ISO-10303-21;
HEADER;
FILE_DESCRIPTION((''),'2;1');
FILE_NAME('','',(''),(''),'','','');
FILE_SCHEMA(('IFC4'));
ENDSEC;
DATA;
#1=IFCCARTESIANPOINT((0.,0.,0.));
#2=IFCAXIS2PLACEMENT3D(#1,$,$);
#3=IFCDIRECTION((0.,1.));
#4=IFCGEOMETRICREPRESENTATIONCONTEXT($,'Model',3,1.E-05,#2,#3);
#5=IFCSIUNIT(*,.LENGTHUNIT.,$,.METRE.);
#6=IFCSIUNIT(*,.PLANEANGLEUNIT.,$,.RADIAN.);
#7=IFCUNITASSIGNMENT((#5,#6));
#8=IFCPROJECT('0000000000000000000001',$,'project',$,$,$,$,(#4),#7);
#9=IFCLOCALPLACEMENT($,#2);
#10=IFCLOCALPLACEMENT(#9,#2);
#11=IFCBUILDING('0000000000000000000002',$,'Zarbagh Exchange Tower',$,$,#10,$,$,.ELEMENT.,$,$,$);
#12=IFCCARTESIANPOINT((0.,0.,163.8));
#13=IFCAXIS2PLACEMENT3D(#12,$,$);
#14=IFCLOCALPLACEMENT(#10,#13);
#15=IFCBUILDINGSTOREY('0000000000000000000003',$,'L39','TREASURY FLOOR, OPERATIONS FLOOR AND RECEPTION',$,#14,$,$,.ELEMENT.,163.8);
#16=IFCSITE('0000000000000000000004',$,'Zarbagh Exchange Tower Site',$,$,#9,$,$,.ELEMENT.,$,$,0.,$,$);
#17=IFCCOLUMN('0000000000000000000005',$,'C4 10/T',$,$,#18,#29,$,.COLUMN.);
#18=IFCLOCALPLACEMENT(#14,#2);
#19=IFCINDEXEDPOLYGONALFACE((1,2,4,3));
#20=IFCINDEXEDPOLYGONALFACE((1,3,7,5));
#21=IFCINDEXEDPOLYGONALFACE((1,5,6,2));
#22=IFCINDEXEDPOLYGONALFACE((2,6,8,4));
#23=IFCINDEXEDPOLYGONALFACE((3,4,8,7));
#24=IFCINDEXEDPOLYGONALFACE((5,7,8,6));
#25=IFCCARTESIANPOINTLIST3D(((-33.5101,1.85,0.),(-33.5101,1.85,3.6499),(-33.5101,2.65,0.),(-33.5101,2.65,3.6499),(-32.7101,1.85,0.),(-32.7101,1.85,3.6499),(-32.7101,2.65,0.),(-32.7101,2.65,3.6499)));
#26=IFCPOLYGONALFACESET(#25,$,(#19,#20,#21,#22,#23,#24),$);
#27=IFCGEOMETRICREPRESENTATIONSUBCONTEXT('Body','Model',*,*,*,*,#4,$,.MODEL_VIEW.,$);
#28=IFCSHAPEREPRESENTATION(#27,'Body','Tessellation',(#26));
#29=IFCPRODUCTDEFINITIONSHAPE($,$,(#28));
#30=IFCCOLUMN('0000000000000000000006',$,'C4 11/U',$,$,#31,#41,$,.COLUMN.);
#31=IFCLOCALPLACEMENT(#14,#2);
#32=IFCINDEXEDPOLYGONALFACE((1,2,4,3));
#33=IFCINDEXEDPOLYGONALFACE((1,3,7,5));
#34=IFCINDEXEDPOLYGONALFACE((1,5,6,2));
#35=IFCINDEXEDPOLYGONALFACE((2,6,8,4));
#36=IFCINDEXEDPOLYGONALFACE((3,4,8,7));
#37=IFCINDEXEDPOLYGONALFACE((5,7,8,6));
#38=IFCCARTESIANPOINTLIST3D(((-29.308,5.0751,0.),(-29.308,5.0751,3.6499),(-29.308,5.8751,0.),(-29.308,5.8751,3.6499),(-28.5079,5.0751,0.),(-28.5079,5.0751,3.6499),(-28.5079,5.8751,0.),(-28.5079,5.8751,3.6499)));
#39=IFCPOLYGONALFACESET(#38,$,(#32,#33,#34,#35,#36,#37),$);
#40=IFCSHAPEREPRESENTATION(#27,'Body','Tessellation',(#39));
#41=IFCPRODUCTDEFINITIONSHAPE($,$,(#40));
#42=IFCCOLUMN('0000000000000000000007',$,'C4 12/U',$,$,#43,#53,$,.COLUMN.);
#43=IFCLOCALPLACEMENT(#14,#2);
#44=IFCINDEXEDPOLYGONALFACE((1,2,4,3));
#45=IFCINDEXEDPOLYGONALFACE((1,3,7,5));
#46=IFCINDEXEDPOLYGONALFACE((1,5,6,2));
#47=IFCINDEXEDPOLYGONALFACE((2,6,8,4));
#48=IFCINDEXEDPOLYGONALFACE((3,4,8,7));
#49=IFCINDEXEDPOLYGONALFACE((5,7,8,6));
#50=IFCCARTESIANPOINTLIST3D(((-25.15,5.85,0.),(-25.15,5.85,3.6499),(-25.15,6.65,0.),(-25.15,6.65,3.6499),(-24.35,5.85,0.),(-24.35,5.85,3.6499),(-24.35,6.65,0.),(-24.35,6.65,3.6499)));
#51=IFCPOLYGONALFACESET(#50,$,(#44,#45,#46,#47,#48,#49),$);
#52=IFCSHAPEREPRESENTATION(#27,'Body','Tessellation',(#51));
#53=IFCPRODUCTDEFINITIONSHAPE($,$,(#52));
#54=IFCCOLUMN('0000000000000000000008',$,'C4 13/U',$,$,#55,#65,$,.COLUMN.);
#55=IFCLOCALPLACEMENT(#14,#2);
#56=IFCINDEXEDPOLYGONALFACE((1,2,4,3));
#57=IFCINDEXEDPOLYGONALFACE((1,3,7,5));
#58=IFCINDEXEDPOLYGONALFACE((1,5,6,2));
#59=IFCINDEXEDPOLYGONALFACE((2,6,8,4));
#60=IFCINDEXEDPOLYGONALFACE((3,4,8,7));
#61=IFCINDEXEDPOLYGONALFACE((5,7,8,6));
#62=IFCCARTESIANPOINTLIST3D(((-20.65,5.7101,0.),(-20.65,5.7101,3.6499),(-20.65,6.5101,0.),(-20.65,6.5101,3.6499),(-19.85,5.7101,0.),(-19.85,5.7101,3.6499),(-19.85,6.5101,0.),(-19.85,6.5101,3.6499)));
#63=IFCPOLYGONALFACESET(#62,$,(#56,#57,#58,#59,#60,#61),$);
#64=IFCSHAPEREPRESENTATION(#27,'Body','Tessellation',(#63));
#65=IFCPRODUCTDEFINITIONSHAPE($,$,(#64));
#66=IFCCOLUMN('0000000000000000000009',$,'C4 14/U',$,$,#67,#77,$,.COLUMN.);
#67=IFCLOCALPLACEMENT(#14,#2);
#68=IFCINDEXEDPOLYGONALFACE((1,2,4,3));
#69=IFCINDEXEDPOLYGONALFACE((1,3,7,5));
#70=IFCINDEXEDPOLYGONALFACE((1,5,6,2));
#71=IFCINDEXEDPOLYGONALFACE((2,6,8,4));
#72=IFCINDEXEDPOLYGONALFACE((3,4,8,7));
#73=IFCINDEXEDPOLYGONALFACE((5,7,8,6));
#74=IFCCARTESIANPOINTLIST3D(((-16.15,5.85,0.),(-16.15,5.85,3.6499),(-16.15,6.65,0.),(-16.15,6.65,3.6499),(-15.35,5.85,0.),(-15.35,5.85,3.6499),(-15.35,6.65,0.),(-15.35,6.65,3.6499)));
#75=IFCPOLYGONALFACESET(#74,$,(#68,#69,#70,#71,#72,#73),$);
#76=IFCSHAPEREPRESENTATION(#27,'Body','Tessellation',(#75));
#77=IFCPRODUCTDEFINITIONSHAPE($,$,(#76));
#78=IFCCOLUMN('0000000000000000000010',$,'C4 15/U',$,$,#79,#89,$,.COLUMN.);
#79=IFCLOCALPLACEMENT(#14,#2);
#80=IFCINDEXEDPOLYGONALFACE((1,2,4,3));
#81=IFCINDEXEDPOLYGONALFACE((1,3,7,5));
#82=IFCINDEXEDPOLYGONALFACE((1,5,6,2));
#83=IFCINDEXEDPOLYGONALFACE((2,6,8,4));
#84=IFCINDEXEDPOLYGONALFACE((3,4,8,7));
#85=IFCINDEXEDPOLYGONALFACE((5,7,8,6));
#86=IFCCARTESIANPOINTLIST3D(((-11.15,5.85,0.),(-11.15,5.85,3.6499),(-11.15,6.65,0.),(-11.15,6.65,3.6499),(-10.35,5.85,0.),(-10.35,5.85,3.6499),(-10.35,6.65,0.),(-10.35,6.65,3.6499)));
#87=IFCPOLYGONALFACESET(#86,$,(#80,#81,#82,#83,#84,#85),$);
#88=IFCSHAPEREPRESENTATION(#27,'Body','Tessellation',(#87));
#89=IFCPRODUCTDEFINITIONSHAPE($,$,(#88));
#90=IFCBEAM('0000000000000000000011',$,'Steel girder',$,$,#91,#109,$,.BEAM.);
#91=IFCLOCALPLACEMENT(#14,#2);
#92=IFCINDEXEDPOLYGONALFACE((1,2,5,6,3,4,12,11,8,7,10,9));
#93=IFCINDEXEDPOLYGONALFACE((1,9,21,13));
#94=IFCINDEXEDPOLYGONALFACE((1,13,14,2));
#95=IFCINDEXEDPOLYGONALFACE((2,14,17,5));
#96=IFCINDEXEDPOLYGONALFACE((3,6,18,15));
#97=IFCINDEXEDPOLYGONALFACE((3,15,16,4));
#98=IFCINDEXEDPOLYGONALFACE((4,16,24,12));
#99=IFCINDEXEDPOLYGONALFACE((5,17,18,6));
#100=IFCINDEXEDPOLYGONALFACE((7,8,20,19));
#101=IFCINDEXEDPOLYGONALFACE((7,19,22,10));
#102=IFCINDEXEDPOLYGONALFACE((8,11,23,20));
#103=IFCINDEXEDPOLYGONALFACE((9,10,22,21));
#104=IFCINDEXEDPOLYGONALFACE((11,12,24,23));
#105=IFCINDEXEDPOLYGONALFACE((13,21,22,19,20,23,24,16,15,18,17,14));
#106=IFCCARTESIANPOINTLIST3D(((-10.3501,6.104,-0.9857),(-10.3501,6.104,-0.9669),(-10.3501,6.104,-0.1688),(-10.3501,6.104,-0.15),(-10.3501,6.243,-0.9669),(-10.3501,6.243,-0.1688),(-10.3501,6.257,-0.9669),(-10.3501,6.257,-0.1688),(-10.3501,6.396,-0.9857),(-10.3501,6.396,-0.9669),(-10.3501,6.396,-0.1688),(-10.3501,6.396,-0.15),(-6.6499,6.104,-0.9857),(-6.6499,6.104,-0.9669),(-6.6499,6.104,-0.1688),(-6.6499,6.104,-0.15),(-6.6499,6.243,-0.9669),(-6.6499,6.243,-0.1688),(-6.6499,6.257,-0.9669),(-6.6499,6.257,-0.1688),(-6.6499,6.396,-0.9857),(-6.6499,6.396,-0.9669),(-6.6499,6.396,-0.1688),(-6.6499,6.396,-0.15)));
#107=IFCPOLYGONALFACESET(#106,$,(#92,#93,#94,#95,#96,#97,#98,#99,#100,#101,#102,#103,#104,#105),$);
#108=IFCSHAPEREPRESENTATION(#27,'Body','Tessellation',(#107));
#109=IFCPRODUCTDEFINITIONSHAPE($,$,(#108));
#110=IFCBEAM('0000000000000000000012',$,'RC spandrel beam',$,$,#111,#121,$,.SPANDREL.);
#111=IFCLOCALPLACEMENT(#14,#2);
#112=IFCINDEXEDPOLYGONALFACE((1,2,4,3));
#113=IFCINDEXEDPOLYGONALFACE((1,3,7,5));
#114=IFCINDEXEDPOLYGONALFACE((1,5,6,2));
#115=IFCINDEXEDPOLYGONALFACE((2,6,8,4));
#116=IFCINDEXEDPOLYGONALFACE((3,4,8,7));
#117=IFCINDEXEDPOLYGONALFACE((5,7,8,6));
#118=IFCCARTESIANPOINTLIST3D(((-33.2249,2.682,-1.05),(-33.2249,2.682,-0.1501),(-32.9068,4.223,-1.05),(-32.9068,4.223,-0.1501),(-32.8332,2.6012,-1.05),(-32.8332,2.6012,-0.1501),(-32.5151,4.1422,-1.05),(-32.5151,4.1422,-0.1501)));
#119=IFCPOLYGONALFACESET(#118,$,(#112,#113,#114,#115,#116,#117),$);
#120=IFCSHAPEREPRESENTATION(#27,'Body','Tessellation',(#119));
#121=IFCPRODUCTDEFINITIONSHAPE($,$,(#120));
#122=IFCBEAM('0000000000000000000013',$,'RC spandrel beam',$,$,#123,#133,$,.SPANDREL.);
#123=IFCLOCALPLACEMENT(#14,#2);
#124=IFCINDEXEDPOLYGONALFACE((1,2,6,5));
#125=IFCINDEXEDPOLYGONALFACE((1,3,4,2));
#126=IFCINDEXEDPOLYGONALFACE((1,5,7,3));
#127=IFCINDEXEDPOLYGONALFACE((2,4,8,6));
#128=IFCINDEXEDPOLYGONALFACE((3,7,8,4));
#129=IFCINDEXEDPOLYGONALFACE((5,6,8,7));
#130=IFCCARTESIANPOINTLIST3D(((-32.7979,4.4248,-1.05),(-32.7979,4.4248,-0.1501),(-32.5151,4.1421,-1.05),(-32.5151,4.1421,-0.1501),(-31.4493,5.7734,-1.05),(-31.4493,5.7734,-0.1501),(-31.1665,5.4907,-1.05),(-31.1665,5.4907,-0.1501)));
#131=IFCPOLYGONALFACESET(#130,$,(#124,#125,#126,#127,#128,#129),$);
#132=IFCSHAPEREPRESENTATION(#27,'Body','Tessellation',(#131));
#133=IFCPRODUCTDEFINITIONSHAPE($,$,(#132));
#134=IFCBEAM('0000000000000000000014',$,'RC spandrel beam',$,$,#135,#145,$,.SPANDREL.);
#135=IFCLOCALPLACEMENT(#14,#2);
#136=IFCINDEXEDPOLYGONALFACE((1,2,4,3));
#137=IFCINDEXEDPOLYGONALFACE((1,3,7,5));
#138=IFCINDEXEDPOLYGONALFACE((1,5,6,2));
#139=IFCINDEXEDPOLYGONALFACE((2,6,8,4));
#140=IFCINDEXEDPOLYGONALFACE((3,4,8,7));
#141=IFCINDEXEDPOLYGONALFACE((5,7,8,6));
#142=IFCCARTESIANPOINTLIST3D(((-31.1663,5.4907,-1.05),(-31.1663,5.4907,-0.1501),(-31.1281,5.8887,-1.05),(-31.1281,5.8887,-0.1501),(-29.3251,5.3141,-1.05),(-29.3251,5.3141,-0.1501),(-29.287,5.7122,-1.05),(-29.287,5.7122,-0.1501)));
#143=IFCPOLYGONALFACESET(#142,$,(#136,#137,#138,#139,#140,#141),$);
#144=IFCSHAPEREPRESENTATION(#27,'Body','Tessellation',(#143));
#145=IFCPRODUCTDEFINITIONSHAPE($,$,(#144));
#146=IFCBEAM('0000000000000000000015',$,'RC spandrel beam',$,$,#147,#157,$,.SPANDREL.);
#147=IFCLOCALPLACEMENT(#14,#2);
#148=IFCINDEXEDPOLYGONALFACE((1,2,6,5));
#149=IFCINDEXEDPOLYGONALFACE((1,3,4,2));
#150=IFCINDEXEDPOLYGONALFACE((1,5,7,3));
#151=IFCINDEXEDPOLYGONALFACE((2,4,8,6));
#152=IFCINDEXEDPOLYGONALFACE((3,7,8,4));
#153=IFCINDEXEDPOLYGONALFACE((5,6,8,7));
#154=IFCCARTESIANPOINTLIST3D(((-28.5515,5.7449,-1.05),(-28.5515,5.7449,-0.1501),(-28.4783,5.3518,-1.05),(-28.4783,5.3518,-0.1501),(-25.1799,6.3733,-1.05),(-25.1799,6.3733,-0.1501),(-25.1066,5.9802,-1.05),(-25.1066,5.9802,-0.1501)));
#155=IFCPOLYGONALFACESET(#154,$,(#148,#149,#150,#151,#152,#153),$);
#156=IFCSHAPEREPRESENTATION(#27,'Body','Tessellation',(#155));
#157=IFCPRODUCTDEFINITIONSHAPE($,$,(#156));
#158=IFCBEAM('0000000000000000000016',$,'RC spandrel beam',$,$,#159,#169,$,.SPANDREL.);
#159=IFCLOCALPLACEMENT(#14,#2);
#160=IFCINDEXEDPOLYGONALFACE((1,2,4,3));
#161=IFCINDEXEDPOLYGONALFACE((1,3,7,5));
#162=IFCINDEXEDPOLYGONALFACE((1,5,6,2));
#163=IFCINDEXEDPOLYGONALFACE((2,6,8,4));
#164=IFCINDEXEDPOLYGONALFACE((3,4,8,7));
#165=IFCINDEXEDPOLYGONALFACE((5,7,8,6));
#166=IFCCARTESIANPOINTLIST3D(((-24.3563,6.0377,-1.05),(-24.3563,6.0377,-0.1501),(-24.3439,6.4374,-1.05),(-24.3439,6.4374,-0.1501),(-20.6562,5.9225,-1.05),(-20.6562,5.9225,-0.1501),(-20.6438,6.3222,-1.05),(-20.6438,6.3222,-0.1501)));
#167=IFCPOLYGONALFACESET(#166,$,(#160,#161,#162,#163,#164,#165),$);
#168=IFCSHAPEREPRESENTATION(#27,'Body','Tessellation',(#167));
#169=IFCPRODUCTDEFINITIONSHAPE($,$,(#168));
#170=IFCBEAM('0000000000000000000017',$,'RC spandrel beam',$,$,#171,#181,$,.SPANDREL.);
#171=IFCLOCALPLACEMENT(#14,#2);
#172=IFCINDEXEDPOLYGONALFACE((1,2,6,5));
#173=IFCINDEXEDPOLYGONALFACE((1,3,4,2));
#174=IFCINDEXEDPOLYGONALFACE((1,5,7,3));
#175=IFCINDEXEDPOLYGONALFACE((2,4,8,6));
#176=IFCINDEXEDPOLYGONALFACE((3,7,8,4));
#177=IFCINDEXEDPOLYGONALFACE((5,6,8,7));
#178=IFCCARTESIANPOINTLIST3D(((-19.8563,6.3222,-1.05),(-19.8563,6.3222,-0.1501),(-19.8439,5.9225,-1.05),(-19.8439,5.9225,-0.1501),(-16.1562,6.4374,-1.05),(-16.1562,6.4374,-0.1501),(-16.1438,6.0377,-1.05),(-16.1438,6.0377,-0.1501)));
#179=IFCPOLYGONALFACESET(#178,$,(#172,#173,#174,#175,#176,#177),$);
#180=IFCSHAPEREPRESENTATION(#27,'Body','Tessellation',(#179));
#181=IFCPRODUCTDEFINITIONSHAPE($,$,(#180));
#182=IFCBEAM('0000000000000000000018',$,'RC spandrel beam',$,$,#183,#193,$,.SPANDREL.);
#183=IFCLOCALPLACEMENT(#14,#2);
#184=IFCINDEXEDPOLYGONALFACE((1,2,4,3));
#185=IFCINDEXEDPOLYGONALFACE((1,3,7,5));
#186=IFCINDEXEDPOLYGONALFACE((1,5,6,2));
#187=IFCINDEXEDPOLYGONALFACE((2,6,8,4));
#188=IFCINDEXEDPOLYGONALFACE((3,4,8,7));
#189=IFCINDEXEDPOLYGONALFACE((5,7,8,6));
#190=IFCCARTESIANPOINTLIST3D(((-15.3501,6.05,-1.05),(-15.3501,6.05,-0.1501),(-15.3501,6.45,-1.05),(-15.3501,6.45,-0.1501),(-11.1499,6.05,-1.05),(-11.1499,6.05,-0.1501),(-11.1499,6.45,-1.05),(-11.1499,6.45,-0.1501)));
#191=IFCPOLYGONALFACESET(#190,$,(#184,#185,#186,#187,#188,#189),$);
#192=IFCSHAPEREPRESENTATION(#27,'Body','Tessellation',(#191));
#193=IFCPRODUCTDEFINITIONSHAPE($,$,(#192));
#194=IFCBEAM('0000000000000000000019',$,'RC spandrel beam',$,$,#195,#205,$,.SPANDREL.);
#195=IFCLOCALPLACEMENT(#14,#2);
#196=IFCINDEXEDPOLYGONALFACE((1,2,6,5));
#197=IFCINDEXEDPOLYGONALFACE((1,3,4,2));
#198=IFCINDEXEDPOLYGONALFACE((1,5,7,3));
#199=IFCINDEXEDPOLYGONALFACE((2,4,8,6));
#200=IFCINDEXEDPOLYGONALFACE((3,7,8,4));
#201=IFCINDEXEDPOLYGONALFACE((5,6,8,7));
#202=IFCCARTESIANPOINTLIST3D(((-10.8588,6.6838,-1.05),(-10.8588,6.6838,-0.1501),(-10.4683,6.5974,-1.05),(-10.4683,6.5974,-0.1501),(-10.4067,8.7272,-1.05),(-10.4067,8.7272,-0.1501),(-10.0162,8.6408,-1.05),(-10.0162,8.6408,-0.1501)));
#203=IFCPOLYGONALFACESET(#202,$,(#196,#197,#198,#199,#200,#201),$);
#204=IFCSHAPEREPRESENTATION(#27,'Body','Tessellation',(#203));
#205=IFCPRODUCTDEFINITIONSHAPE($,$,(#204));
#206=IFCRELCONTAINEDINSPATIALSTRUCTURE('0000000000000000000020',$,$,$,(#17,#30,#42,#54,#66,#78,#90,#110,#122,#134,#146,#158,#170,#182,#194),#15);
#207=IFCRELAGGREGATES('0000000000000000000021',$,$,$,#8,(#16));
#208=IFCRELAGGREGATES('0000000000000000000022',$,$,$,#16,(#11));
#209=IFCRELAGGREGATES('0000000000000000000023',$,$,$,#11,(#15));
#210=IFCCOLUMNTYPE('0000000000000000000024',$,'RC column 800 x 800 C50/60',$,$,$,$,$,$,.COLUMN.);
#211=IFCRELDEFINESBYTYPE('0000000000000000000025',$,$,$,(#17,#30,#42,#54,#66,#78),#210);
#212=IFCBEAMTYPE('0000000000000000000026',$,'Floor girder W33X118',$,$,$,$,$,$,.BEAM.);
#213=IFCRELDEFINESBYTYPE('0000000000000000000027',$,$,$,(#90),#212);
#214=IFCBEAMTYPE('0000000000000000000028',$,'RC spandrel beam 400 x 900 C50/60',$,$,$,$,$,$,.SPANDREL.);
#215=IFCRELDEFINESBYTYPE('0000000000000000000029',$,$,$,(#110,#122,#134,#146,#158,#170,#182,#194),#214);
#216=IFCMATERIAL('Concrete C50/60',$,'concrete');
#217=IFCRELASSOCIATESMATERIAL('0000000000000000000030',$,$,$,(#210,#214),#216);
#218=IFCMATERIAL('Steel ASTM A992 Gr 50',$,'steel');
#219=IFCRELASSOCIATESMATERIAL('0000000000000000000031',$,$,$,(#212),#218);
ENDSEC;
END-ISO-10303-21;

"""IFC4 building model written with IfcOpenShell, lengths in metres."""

from ifc_helpers import new_model, si_unit, direction, frame, origin, origin_2d, place, context, subcontext, project, spatial, rectangle, i_section, extrude, material, material_profile, profile_set, type_object, element, save


model = new_model("IFC4")

# Units and contexts
model_context = context("Model", 3, precision=1e-05, world=origin(), true_north=direction((0.0, 1.0)))
body_context = subcontext(model_context, "Body", "Model", "MODEL_VIEW")
ifc_project = project(units=[si_unit("LENGTHUNIT", "METRE"), si_unit("PLANEANGLEUNIT", "RADIAN")], contexts=[model_context])

# Site, building, storey
site_placement = place(None, origin())
site = spatial("IfcSite", under=ifc_project, at=site_placement, Name="Zarbagh Exchange Tower Site", CompositionType="ELEMENT", RefElevation=0.0)
building_placement = place(site_placement, origin())
building = spatial("IfcBuilding", under=site, at=building_placement, Name="Zarbagh Exchange Tower", CompositionType="ELEMENT")
storey_placement = place(building_placement, frame((0.0, 0.0, 163.8)))
storey = spatial("IfcBuildingStorey", under=building, at=storey_placement, Name="L39", Description="TREASURY FLOOR, OPERATIONS FLOOR AND RECEPTION", CompositionType="ELEMENT", Elevation=163.8)

# Columns
ifc_material_1 = material(Name="Concrete C50/60", Category="concrete")
ifc_material_profile_1 = material_profile(ifc_material_1, rectangle(XDim=0.8, YDim=0.8, at=origin_2d()), Name="RC column 800 x 800 C50/60")
ifc_profile_set_1 = profile_set([ifc_material_profile_1], Name="Concrete C50/60")
column_type = type_object("IfcColumnType", Name="RC column 800 x 800 C50/60", PredefinedType="COLUMN", material=ifc_profile_set_1)
for number, where, z_axis, x_axis, name in (
    (1, (-33.1101, 2.25, 0.0), (0.0, 0.0, 1.0), (1.0, 0.0, 0.0), "C4 10/T"),
    (2, (-28.908, 5.4751, 0.0), (0.0, 0.0, 1.0), (1.0, 0.0, 0.0), "C4 11/U"),
    (3, (-24.75, 6.25, 0.0), (0.0, 0.0, 1.0), (1.0, 0.0, 0.0), "C4 12/U"),
    (4, (-20.25, 6.1101, 0.0), (0.0, 0.0, 1.0), (1.0, 0.0, 0.0), "C4 13/U"),
    (5, (-15.75, 6.25, 0.0), (0.0, 0.0, 1.0), (1.0, 0.0, 0.0), "C4 14/U"),
    (6, (-10.75, 6.25, 0.0), (0.0, 0.0, 1.0), (1.0, 0.0, 0.0), "C4 15/U"),
):
    element("IfcColumn", number, at=place(storey_placement, frame(where, z_axis=z_axis, x_axis=x_axis)), inside=storey, type_object=column_type, Name=name, PredefinedType="COLUMN", context=body_context, shape_type="SweptSolid", body=[
        extrude(rectangle(XDim=0.8, YDim=0.8, at=origin_2d()), origin(), (0.0, 0.0, 1.0), 3.6499),
    ])

# Beams
ifc_material_2 = material(Name="Steel ASTM A992 Gr 50", Category="steel")
ifc_material_profile_2 = material_profile(ifc_material_2, i_section(OverallWidth=0.292, OverallDepth=0.8357, WebThickness=0.0139, FlangeThickness=0.0188, at=origin_2d()), Name="W33X118")
ifc_profile_set_2 = profile_set([ifc_material_profile_2], Name="Steel ASTM A992 Gr 50")
beam_type_1 = type_object("IfcBeamType", Name="Floor girder W33X118", PredefinedType="BEAM", material=ifc_profile_set_2)
beam_1_placement = place(storey_placement, frame((-10.3501, 6.25, -0.5679), z_axis=(1.0, 0.0, 0.0), x_axis=(0.0, 1.0, 0.0)))
element("IfcBeam", 7, at=beam_1_placement, inside=storey, type_object=beam_type_1, Name="Steel girder", PredefinedType="BEAM", context=body_context, shape_type="SweptSolid", body=[
    extrude(i_section(OverallWidth=0.292, OverallDepth=0.8357, WebThickness=0.0139, FlangeThickness=0.0188, at=origin_2d()), origin(), (0.0, 0.0, 1.0), 3.7002),
])
ifc_material_profile_3 = material_profile(ifc_material_1, rectangle(XDim=0.3999, YDim=0.8999, at=origin_2d()), Name="RC spandrel beam 400 x 900 C50/60")
ifc_profile_set_3 = profile_set([ifc_material_profile_3], Name="Concrete C50/60")
beam_type_2 = type_object("IfcBeamType", Name="RC spandrel beam 400 x 900 C50/60", PredefinedType="SPANDREL", material=ifc_profile_set_3)
beam_2_placement = place(storey_placement, frame((-33.0291, 2.6416, -0.6001), z_axis=(0.202169, 0.979351, 0.0), x_axis=(-0.979351, 0.202169, 0.0)))
element("IfcBeam", 8, at=beam_2_placement, inside=storey, type_object=beam_type_2, Name="RC spandrel beam", PredefinedType="SPANDREL", context=body_context, shape_type="SweptSolid", body=[
    extrude(rectangle(XDim=0.3999, YDim=0.8999, at=origin_2d()), origin(), (0.0, 0.0, 1.0), 1.5735),
])
beam_3_placement = place(storey_placement, frame((-32.6565, 4.2834, -0.6001), z_axis=(0.707107, 0.707107, 0.0), x_axis=(-0.707107, 0.707107, 0.0)))
element("IfcBeam", 9, at=beam_3_placement, inside=storey, type_object=beam_type_2, Name="RC spandrel beam", PredefinedType="SPANDREL", context=body_context, shape_type="SweptSolid", body=[
    extrude(rectangle(XDim=0.3999, YDim=0.8999, at=origin_2d()), origin(), (0.0, 0.0, 1.0), 1.9072),
])
beam_4_placement = place(storey_placement, frame((-31.1472, 5.6897, -0.6001), z_axis=(0.995435, -0.095438, 0.0), x_axis=(0.095438, 0.995435, 0.0)))
element("IfcBeam", 10, at=beam_4_placement, inside=storey, type_object=beam_type_2, Name="RC spandrel beam", PredefinedType="SPANDREL", context=body_context, shape_type="SweptSolid", body=[
    extrude(rectangle(XDim=0.3999, YDim=0.8999, at=origin_2d()), origin(), (0.0, 0.0, 1.0), 1.8496),
])
beam_5_placement = place(storey_placement, frame((-28.5149, 5.5483, -0.6001), z_axis=(0.98307, 0.183231, 0.0), x_axis=(-0.183231, 0.98307, 0.0)))
element("IfcBeam", 11, at=beam_5_placement, inside=storey, type_object=beam_type_2, Name="RC spandrel beam", PredefinedType="SPANDREL", context=body_context, shape_type="SweptSolid", body=[
    extrude(rectangle(XDim=0.3999, YDim=0.8999, at=origin_2d()), origin(), (0.0, 0.0, 1.0), 3.4297),
])
for number, where, z_axis, x_axis, name in (
    (12, (-24.3501, 6.2375, -0.6001), (0.999515, -0.031128, 0.0), (0.031128, 0.999515, 0.0), "RC spandrel beam"),
    (13, (-19.8501, 6.1223, -0.6001), (0.999515, 0.031128, 0.0), (-0.031128, 0.999515, 0.0), "RC spandrel beam"),
):
    element("IfcBeam", number, at=place(storey_placement, frame(where, z_axis=z_axis, x_axis=x_axis)), inside=storey, type_object=beam_type_2, Name=name, PredefinedType="SPANDREL", context=body_context, shape_type="SweptSolid", body=[
        extrude(rectangle(XDim=0.3999, YDim=0.8999, at=origin_2d()), origin(), (0.0, 0.0, 1.0), 3.7019),
    ])
beam_6_placement = place(storey_placement, frame((-15.3501, 6.25, -0.6001), z_axis=(1.0, 0.0, 0.0), x_axis=(0.0, 1.0, 0.0)))
element("IfcBeam", 14, at=beam_6_placement, inside=storey, type_object=beam_type_2, Name="RC spandrel beam", PredefinedType="SPANDREL", context=body_context, shape_type="SweptSolid", body=[
    extrude(rectangle(XDim=0.3999, YDim=0.8999, at=origin_2d()), origin(), (0.0, 0.0, 1.0), 4.2002),
])
beam_7_placement = place(storey_placement, frame((-10.6636, 6.6406, -0.6001), z_axis=(0.216041, 0.976384, 0.0), x_axis=(-0.976384, 0.216041, 0.0)))
element("IfcBeam", 15, at=beam_7_placement, inside=storey, type_object=beam_type_2, Name="RC spandrel beam", PredefinedType="SPANDREL", context=body_context, shape_type="SweptSolid", body=[
    extrude(rectangle(XDim=0.3999, YDim=0.8999, at=origin_2d()), origin(), (0.0, 0.0, 1.0), 2.0928),
])

save(model, "model.ifc")
